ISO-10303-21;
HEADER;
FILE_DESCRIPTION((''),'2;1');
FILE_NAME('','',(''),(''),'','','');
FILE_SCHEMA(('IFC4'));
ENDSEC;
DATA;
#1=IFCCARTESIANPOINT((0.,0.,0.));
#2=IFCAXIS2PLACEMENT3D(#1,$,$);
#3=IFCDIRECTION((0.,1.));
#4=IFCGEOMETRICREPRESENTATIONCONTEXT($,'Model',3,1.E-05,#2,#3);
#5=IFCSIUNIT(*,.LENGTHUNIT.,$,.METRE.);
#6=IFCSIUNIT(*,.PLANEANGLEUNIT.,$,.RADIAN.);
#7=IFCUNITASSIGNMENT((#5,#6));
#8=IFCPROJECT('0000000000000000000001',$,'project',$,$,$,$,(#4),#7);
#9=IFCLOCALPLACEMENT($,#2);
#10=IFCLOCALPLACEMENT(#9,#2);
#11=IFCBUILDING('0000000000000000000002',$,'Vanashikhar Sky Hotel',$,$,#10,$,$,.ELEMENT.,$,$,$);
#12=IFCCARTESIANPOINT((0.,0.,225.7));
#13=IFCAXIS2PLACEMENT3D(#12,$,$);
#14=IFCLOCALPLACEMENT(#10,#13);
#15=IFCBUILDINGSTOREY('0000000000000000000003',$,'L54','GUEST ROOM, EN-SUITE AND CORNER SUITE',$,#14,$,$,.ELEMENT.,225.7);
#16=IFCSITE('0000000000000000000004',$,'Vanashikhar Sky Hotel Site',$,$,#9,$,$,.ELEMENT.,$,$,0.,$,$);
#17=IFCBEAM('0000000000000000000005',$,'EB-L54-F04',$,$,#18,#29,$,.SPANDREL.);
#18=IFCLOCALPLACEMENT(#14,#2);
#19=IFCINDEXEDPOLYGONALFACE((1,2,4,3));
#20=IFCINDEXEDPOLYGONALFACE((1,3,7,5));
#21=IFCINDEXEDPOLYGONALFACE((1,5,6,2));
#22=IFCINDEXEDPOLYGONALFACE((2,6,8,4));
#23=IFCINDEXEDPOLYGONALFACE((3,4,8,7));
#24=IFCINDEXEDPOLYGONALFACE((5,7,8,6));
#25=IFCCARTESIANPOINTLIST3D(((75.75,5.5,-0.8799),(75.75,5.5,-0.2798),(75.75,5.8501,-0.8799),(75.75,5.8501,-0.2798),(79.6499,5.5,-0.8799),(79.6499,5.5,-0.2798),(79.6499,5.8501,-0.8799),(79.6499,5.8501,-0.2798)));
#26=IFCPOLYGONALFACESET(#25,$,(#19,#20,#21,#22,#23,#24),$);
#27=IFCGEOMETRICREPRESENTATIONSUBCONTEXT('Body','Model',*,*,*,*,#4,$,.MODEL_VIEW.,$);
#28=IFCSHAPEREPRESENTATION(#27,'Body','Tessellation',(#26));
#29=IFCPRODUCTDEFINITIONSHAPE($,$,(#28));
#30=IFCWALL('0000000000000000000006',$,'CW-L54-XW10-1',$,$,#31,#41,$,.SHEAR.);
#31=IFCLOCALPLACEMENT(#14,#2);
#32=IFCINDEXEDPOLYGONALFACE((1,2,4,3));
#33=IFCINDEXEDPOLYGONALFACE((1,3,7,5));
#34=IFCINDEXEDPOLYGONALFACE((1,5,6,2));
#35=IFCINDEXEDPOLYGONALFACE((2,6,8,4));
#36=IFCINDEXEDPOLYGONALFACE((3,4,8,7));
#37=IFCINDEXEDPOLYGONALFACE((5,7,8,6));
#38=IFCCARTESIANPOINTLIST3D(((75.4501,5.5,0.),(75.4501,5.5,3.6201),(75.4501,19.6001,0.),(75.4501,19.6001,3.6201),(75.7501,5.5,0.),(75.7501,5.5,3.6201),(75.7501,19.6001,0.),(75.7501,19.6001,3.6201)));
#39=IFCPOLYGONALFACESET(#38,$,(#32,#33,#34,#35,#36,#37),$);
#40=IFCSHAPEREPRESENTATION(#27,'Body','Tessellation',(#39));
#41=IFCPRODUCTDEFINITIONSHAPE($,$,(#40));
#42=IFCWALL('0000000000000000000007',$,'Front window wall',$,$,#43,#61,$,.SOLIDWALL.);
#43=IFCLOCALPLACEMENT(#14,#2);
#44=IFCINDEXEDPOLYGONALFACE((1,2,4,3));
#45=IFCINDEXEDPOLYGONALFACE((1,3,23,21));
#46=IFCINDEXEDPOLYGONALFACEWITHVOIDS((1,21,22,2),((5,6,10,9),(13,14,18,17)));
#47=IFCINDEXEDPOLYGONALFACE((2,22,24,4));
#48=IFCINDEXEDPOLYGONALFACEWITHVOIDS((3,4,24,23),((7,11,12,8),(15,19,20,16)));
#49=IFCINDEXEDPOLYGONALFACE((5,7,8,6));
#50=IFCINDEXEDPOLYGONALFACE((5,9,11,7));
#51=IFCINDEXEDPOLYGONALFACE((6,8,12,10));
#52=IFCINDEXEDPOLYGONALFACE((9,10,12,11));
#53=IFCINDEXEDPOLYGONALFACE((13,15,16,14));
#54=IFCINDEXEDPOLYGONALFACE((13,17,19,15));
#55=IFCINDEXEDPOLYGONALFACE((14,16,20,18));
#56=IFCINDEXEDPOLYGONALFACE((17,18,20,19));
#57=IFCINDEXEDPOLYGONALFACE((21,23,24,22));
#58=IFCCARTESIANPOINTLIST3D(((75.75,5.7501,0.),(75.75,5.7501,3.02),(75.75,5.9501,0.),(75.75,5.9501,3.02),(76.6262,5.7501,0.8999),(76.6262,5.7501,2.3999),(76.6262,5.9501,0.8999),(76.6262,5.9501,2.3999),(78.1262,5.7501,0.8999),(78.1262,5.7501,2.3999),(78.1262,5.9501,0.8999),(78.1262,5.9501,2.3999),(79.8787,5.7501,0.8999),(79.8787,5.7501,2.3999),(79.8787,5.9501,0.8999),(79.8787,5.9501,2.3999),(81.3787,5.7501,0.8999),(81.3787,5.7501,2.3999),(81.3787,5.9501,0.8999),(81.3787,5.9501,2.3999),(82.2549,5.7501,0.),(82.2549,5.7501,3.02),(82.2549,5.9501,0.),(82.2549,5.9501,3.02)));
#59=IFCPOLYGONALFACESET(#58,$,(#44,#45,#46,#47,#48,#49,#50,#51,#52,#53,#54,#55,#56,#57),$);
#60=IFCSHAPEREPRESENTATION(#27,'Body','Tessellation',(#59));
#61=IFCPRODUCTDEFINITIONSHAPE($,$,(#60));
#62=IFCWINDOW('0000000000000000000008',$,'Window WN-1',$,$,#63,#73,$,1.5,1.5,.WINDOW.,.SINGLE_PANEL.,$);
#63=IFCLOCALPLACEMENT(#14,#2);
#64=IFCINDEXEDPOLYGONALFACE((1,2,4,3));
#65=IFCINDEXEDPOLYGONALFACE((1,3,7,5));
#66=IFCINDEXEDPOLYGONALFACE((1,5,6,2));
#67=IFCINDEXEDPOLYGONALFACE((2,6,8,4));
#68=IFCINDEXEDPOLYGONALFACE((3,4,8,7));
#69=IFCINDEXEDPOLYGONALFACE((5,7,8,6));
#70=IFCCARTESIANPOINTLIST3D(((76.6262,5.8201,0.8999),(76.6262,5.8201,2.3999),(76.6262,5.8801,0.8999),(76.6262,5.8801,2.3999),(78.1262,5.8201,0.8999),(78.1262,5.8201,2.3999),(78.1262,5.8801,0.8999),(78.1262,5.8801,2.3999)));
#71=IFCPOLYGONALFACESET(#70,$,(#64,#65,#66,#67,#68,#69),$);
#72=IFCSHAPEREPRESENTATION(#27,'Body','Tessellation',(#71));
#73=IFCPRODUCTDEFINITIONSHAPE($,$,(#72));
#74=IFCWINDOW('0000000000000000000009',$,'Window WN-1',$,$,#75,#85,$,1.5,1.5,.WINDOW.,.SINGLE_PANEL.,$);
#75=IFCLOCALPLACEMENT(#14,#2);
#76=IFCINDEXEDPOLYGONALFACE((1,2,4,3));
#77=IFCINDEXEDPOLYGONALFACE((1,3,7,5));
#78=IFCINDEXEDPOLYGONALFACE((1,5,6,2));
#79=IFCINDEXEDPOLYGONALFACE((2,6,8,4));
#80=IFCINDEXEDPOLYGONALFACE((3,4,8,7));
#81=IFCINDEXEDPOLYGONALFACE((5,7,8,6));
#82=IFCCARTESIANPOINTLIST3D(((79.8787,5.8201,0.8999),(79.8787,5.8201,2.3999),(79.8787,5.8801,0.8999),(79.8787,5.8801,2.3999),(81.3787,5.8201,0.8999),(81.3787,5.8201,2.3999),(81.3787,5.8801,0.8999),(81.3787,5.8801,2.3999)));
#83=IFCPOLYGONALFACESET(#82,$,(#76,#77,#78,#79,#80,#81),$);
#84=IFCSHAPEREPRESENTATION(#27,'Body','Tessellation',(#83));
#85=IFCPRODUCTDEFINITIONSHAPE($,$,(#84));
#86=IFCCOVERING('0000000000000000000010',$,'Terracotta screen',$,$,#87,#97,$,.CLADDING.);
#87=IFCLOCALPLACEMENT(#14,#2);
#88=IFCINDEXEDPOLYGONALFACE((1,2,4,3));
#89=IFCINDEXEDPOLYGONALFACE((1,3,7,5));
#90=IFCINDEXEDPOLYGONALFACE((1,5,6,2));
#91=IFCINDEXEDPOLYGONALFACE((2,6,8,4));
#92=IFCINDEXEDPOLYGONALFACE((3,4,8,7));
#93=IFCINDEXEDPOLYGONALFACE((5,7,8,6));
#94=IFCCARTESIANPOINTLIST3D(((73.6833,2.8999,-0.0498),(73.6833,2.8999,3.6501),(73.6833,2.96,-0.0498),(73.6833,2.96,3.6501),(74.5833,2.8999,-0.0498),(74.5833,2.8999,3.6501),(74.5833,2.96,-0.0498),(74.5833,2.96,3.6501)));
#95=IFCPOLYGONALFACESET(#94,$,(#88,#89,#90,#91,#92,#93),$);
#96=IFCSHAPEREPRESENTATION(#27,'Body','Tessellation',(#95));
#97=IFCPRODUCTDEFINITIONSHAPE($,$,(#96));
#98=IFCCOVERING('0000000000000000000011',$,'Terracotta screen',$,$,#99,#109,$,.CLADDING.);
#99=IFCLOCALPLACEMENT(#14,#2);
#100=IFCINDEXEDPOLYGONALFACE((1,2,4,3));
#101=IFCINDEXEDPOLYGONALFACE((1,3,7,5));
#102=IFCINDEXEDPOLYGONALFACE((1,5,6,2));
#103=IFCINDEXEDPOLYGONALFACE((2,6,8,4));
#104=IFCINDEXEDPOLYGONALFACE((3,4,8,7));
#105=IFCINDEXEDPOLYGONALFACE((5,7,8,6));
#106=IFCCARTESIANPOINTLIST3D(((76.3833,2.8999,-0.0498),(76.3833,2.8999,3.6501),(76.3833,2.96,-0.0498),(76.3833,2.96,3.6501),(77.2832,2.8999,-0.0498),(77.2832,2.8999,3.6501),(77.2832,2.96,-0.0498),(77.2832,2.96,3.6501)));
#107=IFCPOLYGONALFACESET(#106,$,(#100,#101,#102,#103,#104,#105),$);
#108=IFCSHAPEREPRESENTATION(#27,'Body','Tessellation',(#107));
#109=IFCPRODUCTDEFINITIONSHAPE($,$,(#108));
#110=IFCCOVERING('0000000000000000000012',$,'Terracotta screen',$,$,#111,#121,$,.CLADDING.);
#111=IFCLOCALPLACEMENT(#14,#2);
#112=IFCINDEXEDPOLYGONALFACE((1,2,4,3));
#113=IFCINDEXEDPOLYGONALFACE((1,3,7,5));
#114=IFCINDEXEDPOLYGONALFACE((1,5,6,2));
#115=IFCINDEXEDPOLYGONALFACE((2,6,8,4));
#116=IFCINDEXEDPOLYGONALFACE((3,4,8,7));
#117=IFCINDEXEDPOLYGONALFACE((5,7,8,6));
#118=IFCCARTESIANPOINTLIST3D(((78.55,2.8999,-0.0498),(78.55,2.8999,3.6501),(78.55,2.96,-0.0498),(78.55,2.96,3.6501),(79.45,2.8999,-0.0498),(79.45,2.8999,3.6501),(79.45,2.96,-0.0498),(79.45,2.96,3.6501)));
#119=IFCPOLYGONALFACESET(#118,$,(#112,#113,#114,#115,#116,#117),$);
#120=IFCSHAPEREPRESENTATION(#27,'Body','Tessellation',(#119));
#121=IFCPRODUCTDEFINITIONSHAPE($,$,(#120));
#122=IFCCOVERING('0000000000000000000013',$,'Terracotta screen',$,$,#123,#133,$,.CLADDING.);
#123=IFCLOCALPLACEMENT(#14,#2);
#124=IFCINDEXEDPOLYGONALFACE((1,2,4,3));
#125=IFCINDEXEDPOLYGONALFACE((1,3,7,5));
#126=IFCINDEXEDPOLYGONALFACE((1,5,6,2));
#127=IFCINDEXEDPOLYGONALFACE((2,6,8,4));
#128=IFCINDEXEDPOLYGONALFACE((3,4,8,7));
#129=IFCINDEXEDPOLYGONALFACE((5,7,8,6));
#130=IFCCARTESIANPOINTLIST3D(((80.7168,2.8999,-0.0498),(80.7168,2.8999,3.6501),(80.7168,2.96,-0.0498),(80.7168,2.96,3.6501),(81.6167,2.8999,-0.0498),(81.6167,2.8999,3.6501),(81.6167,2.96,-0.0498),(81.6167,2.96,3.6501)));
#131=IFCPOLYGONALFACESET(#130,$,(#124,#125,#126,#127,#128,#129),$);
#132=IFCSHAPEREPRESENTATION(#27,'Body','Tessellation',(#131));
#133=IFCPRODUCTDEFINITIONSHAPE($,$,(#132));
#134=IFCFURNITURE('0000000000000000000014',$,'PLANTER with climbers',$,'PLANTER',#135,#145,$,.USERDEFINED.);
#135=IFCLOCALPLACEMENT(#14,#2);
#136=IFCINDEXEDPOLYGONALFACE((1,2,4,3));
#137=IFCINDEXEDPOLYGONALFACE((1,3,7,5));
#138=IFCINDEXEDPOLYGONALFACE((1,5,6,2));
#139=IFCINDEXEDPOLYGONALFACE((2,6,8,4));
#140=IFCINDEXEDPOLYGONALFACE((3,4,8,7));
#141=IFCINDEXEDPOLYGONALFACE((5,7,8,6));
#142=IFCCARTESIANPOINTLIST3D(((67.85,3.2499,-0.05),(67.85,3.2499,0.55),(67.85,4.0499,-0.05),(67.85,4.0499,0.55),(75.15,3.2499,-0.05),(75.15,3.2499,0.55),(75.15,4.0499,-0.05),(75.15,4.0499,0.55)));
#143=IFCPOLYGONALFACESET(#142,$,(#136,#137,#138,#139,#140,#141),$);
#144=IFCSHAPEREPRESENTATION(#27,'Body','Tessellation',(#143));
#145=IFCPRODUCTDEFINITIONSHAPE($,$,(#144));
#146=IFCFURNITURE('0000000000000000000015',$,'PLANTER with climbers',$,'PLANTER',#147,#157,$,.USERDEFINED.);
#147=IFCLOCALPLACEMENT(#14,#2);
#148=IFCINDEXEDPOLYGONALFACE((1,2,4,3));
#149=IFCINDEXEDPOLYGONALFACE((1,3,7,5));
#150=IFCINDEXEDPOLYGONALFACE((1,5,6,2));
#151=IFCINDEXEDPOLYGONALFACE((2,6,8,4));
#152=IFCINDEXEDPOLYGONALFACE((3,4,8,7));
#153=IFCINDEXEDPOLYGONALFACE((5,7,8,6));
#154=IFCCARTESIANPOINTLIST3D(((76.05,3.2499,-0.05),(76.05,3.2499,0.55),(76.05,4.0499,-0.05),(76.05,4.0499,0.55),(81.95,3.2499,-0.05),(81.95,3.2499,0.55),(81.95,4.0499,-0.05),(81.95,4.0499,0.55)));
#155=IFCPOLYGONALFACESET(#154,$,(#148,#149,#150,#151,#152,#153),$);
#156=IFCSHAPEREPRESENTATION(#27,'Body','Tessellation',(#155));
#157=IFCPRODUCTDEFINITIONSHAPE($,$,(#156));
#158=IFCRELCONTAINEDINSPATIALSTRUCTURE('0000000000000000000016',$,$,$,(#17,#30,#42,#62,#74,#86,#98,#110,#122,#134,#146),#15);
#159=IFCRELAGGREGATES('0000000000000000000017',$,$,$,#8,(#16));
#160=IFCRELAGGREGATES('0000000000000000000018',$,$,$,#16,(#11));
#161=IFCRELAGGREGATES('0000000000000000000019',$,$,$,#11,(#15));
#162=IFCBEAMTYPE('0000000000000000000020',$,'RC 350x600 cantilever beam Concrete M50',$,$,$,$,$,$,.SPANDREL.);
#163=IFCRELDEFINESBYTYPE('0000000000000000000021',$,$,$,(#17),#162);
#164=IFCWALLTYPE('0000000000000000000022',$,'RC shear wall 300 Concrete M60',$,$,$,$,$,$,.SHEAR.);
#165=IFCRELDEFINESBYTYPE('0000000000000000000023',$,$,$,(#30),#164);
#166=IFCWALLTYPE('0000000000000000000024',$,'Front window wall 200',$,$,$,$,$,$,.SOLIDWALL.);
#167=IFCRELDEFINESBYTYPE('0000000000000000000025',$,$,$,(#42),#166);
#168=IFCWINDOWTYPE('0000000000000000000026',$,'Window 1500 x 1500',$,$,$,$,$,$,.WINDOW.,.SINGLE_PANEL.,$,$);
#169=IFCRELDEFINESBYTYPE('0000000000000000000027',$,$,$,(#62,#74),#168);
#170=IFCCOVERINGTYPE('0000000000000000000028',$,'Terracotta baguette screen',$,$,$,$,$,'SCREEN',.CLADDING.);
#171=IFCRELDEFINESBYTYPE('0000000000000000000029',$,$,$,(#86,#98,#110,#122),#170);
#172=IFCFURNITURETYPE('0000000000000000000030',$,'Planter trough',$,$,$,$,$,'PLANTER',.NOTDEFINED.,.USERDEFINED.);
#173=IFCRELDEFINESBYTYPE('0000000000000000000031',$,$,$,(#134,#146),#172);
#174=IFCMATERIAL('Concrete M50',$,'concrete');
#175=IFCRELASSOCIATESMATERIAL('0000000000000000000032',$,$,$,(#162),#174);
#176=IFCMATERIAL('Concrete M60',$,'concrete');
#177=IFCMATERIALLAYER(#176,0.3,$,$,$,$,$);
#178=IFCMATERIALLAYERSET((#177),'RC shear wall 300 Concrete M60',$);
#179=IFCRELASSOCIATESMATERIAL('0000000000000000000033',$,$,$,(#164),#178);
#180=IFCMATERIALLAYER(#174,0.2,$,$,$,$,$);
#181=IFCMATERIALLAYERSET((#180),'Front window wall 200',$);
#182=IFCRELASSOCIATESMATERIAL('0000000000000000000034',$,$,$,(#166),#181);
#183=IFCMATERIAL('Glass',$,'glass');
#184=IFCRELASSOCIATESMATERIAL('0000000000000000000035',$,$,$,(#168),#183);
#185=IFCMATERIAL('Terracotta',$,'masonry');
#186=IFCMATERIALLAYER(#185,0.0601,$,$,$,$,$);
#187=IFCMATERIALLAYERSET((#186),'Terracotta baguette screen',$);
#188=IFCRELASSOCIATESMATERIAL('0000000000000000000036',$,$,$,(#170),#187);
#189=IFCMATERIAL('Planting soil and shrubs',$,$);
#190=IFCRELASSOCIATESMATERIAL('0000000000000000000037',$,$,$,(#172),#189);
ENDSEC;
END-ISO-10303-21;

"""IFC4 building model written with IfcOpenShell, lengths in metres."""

from ifc_helpers import new_model, si_unit, direction, frame, frame_2d, origin, origin_2d, place, context, subcontext, project, spatial, rectangle, extrude, source, transform, mapped, material, layer, layer_set, material_profile, profile_set, type_object, element, fill, save


model = new_model("IFC4")

# Units and contexts
model_context = context("Model", 3, precision=1e-05, world=origin(), true_north=direction((0.0, 1.0)))
body_context = subcontext(model_context, "Body", "Model", "MODEL_VIEW")
ifc_project = project(units=[si_unit("LENGTHUNIT", "METRE"), si_unit("PLANEANGLEUNIT", "RADIAN")], contexts=[model_context])

# Site, building, storey
site_placement = place(None, origin())
site = spatial("IfcSite", under=ifc_project, at=site_placement, Name="Vanashikhar Sky Hotel Site", CompositionType="ELEMENT", RefElevation=0.0)
building_placement = place(site_placement, origin())
building = spatial("IfcBuilding", under=site, at=building_placement, Name="Vanashikhar Sky Hotel", CompositionType="ELEMENT")
storey_placement = place(building_placement, frame((0.0, 0.0, 225.7)))
storey = spatial("IfcBuildingStorey", under=building, at=storey_placement, Name="L54", Description="GUEST ROOM, EN-SUITE AND CORNER SUITE", CompositionType="ELEMENT", Elevation=225.7)

# Beam
ifc_material_1 = material(Name="Concrete M50", Category="concrete")
ifc_material_profile = material_profile(ifc_material_1, rectangle(XDim=0.3501, YDim=0.6001, at=origin_2d()))
ifc_profile_set = profile_set([ifc_material_profile], Name="RC 350x600 cantilever beam Concrete M50")
beam_type = type_object("IfcBeamType", Name="RC 350x600 cantilever beam Concrete M50", PredefinedType="SPANDREL", material=ifc_profile_set)
shared_shape_1 = source(origin(), body_context, "Body", "SweptSolid", [
    extrude(rectangle(XDim=0.3501, YDim=0.6001, at=origin_2d()), origin(), (0.0, 0.0, 1.0), 3.8999),
])
beam_placement = place(storey_placement, frame((75.75, 5.675, -0.5798), z_axis=(1.0, 0.0, 0.0), x_axis=(0.0, 1.0, 0.0)))
element("IfcBeam", 1, at=beam_placement, inside=storey, type_object=beam_type, Name="EB-L54-F04", PredefinedType="SPANDREL", context=body_context, shape_type="MappedRepresentation", body=[
    mapped(shared_shape_1, transform((0.0, 0.0, 0.0), scale=1.0)),
])

# Wall
ifc_material_2 = material(Name="Concrete M60", Category="concrete")
ifc_layer_1 = layer(ifc_material_2, 0.3)
ifc_layer_set_1 = layer_set([ifc_layer_1], Name="RC shear wall 300 Concrete M60")
wall_type_1 = type_object("IfcWallType", Name="RC shear wall 300 Concrete M60", PredefinedType="SHEAR", material=ifc_layer_set_1)
shared_shape_2 = source(origin(), body_context, "Body", "SweptSolid", [
    extrude(rectangle(XDim=14.1001, YDim=0.3, at=frame_2d((7.05, 0.0))), origin(), (0.0, 0.0, 1.0), 3.6201),
])
wall_1_placement = place(storey_placement, frame((75.6001, 5.5, 0.0), z_axis=(0.0, 0.0, 1.0), x_axis=(0.0, 1.0, 0.0)))
element("IfcWall", 2, at=wall_1_placement, inside=storey, type_object=wall_type_1, Name="CW-L54-XW10-1", PredefinedType="SHEAR", context=body_context, shape_type="MappedRepresentation", body=[
    mapped(shared_shape_2, transform((0.0, 0.0, 0.0), scale=1.0)),
])

# Wall, openings, windows
ifc_layer_2 = layer(ifc_material_1, 0.2)
ifc_layer_set_2 = layer_set([ifc_layer_2], Name="Front window wall 200")
wall_type_2 = type_object("IfcWallType", Name="Front window wall 200", PredefinedType="SOLIDWALL", material=ifc_layer_set_2)
shared_shape_3 = source(origin(), body_context, "Body", "SweptSolid", [
    extrude(rectangle(XDim=6.5049, YDim=0.2, at=frame_2d((3.2524, 0.0))), origin(), (0.0, 0.0, 1.0), 3.02),
])
wall_2_placement = place(storey_placement, frame((75.75, 5.8501, 0.0), z_axis=(0.0, 0.0, 1.0), x_axis=(1.0, 0.0, 0.0)))
wall_2 = element("IfcWall", 3, at=wall_2_placement, inside=storey, type_object=wall_type_2, Name="Front window wall", PredefinedType="SOLIDWALL", context=body_context, shape_type="MappedRepresentation", body=[
    mapped(shared_shape_3, transform((0.0, 0.0, 0.0), scale=1.0)),
])
shared_shape_4 = source(origin(), body_context, "Body", "SweptSolid", [
    extrude(rectangle(XDim=1.5, YDim=1.5, at=frame_2d((0.75, 0.75))), frame((0.0, 0.1099, 0.0), z_axis=(0.0, -1.0, 0.0), x_axis=(1.0, 0.0, 0.0)), (0.0, 0.0, 1.0), 0.22),
])
opening_1_placement = place(wall_2_placement, frame((0.8762, 0.0, 0.8999)))
opening_1 = element("IfcOpeningElement", 4, at=opening_1_placement, cuts=wall_2, PredefinedType="OPENING", context=body_context, shape_type="MappedRepresentation", body=[
    mapped(shared_shape_4, transform((0.0, 0.0, 0.0), scale=1.0)),
])
opening_2_placement = place(wall_2_placement, frame((4.1287, 0.0, 0.8999)))
opening_2 = element("IfcOpeningElement", 5, at=opening_2_placement, cuts=wall_2, PredefinedType="OPENING", context=body_context, shape_type="MappedRepresentation", body=[
    mapped(shared_shape_4, transform((0.0, 0.0, 0.0), scale=1.0)),
])
ifc_material_3 = material(Name="Glass", Category="glass")
window_type = type_object("IfcWindowType", Name="Window 1500 x 1500", PartitioningType="SINGLE_PANEL", PredefinedType="WINDOW", material=ifc_material_3)
shared_shape_5 = source(origin(), body_context, "Body", "SweptSolid", [
    extrude(rectangle(XDim=1.5, YDim=1.5, at=frame_2d((0.75, 0.75))), frame((0.0, 0.03, 0.0), z_axis=(0.0, -1.0, 0.0), x_axis=(1.0, 0.0, 0.0)), (0.0, 0.0, 1.0), 0.0601),
])
window_1_placement = place(opening_1_placement, origin())
window_1 = element("IfcWindow", 6, at=window_1_placement, inside=storey, type_object=window_type, Name="Window WN-1", OverallHeight=1.5, OverallWidth=1.5, PartitioningType="SINGLE_PANEL", PredefinedType="WINDOW", context=body_context, shape_type="MappedRepresentation", body=[
    mapped(shared_shape_5, transform((0.0, 0.0, 0.0), scale=1.0)),
])
fill(opening_1, window_1)
window_2_placement = place(opening_2_placement, origin())
window_2 = element("IfcWindow", 7, at=window_2_placement, inside=storey, type_object=window_type, Name="Window WN-1", OverallHeight=1.5, OverallWidth=1.5, PartitioningType="SINGLE_PANEL", PredefinedType="WINDOW", context=body_context, shape_type="MappedRepresentation", body=[
    mapped(shared_shape_5, transform((0.0, 0.0, 0.0), scale=1.0)),
])
fill(opening_2, window_2)

# Coverings
ifc_material_4 = material(Name="Terracotta", Category="masonry")
ifc_layer_3 = layer(ifc_material_4, 0.0601)
ifc_layer_set_3 = layer_set([ifc_layer_3], Name="Terracotta baguette screen")
covering_type = type_object("IfcCoveringType", Name="Terracotta baguette screen", ElementType="SCREEN", PredefinedType="CLADDING", material=ifc_layer_set_3)
shared_shape_6 = source(origin(), body_context, "Body", "SweptSolid", [
    extrude(rectangle(XDim=0.8999, YDim=0.0601, at=origin_2d()), origin(), (0.0, 0.0, 1.0), 3.7),
])
for number, where, z_axis, x_axis, name in (
    (8, (74.1333, 2.9299, -0.0498), (0.0, 0.0, 1.0), (1.0, 0.0, 0.0), "Terracotta screen"),
    (9, (76.8333, 2.9299, -0.0498), (0.0, 0.0, 1.0), (1.0, 0.0, 0.0), "Terracotta screen"),
    (10, (79.0, 2.9299, -0.0498), (0.0, 0.0, 1.0), (1.0, 0.0, 0.0), "Terracotta screen"),
    (11, (81.1667, 2.9299, -0.0498), (0.0, 0.0, 1.0), (1.0, 0.0, 0.0), "Terracotta screen"),
):
    element("IfcCovering", number, at=place(storey_placement, frame(where, z_axis=z_axis, x_axis=x_axis)), inside=storey, type_object=covering_type, Name=name, PredefinedType="CLADDING", context=body_context, shape_type="MappedRepresentation", body=[
        mapped(shared_shape_6, transform((0.0, 0.0, 0.0), scale=1.0)),
    ])

# Furniture
ifc_material_5 = material(Name="Planting soil and shrubs")
furniture_type = type_object("IfcFurnitureType", Name="Planter trough", ElementType="PLANTER", AssemblyPlace="NOTDEFINED", PredefinedType="USERDEFINED", material=ifc_material_5)
shared_shape_7 = source(origin(), body_context, "Body", "SweptSolid", [
    extrude(rectangle(XDim=7.3, YDim=0.8, at=origin_2d()), origin(), (0.0, 0.0, 1.0), 0.6001),
])
furniture_1_placement = place(storey_placement, frame((71.5, 3.6499, -0.05), z_axis=(0.0, 0.0, 1.0), x_axis=(1.0, 0.0, 0.0)))
element("IfcFurniture", 12, at=furniture_1_placement, inside=storey, type_object=furniture_type, Name="PLANTER with climbers", ObjectType="PLANTER", PredefinedType="USERDEFINED", context=body_context, shape_type="MappedRepresentation", body=[
    mapped(shared_shape_7, transform((0.0, 0.0, 0.0), scale=1.0)),
])
shared_shape_8 = source(origin(), body_context, "Body", "SweptSolid", [
    extrude(rectangle(XDim=5.8999, YDim=0.8, at=origin_2d()), origin(), (0.0, 0.0, 1.0), 0.6001),
])
furniture_2_placement = place(storey_placement, frame((79.0, 3.6499, -0.05), z_axis=(0.0, 0.0, 1.0), x_axis=(1.0, 0.0, 0.0)))
element("IfcFurniture", 13, at=furniture_2_placement, inside=storey, type_object=furniture_type, Name="PLANTER with climbers", ObjectType="PLANTER", PredefinedType="USERDEFINED", context=body_context, shape_type="MappedRepresentation", body=[
    mapped(shared_shape_8, transform((0.0, 0.0, 0.0), scale=1.0)),
])

save(model, "model.ifc")
